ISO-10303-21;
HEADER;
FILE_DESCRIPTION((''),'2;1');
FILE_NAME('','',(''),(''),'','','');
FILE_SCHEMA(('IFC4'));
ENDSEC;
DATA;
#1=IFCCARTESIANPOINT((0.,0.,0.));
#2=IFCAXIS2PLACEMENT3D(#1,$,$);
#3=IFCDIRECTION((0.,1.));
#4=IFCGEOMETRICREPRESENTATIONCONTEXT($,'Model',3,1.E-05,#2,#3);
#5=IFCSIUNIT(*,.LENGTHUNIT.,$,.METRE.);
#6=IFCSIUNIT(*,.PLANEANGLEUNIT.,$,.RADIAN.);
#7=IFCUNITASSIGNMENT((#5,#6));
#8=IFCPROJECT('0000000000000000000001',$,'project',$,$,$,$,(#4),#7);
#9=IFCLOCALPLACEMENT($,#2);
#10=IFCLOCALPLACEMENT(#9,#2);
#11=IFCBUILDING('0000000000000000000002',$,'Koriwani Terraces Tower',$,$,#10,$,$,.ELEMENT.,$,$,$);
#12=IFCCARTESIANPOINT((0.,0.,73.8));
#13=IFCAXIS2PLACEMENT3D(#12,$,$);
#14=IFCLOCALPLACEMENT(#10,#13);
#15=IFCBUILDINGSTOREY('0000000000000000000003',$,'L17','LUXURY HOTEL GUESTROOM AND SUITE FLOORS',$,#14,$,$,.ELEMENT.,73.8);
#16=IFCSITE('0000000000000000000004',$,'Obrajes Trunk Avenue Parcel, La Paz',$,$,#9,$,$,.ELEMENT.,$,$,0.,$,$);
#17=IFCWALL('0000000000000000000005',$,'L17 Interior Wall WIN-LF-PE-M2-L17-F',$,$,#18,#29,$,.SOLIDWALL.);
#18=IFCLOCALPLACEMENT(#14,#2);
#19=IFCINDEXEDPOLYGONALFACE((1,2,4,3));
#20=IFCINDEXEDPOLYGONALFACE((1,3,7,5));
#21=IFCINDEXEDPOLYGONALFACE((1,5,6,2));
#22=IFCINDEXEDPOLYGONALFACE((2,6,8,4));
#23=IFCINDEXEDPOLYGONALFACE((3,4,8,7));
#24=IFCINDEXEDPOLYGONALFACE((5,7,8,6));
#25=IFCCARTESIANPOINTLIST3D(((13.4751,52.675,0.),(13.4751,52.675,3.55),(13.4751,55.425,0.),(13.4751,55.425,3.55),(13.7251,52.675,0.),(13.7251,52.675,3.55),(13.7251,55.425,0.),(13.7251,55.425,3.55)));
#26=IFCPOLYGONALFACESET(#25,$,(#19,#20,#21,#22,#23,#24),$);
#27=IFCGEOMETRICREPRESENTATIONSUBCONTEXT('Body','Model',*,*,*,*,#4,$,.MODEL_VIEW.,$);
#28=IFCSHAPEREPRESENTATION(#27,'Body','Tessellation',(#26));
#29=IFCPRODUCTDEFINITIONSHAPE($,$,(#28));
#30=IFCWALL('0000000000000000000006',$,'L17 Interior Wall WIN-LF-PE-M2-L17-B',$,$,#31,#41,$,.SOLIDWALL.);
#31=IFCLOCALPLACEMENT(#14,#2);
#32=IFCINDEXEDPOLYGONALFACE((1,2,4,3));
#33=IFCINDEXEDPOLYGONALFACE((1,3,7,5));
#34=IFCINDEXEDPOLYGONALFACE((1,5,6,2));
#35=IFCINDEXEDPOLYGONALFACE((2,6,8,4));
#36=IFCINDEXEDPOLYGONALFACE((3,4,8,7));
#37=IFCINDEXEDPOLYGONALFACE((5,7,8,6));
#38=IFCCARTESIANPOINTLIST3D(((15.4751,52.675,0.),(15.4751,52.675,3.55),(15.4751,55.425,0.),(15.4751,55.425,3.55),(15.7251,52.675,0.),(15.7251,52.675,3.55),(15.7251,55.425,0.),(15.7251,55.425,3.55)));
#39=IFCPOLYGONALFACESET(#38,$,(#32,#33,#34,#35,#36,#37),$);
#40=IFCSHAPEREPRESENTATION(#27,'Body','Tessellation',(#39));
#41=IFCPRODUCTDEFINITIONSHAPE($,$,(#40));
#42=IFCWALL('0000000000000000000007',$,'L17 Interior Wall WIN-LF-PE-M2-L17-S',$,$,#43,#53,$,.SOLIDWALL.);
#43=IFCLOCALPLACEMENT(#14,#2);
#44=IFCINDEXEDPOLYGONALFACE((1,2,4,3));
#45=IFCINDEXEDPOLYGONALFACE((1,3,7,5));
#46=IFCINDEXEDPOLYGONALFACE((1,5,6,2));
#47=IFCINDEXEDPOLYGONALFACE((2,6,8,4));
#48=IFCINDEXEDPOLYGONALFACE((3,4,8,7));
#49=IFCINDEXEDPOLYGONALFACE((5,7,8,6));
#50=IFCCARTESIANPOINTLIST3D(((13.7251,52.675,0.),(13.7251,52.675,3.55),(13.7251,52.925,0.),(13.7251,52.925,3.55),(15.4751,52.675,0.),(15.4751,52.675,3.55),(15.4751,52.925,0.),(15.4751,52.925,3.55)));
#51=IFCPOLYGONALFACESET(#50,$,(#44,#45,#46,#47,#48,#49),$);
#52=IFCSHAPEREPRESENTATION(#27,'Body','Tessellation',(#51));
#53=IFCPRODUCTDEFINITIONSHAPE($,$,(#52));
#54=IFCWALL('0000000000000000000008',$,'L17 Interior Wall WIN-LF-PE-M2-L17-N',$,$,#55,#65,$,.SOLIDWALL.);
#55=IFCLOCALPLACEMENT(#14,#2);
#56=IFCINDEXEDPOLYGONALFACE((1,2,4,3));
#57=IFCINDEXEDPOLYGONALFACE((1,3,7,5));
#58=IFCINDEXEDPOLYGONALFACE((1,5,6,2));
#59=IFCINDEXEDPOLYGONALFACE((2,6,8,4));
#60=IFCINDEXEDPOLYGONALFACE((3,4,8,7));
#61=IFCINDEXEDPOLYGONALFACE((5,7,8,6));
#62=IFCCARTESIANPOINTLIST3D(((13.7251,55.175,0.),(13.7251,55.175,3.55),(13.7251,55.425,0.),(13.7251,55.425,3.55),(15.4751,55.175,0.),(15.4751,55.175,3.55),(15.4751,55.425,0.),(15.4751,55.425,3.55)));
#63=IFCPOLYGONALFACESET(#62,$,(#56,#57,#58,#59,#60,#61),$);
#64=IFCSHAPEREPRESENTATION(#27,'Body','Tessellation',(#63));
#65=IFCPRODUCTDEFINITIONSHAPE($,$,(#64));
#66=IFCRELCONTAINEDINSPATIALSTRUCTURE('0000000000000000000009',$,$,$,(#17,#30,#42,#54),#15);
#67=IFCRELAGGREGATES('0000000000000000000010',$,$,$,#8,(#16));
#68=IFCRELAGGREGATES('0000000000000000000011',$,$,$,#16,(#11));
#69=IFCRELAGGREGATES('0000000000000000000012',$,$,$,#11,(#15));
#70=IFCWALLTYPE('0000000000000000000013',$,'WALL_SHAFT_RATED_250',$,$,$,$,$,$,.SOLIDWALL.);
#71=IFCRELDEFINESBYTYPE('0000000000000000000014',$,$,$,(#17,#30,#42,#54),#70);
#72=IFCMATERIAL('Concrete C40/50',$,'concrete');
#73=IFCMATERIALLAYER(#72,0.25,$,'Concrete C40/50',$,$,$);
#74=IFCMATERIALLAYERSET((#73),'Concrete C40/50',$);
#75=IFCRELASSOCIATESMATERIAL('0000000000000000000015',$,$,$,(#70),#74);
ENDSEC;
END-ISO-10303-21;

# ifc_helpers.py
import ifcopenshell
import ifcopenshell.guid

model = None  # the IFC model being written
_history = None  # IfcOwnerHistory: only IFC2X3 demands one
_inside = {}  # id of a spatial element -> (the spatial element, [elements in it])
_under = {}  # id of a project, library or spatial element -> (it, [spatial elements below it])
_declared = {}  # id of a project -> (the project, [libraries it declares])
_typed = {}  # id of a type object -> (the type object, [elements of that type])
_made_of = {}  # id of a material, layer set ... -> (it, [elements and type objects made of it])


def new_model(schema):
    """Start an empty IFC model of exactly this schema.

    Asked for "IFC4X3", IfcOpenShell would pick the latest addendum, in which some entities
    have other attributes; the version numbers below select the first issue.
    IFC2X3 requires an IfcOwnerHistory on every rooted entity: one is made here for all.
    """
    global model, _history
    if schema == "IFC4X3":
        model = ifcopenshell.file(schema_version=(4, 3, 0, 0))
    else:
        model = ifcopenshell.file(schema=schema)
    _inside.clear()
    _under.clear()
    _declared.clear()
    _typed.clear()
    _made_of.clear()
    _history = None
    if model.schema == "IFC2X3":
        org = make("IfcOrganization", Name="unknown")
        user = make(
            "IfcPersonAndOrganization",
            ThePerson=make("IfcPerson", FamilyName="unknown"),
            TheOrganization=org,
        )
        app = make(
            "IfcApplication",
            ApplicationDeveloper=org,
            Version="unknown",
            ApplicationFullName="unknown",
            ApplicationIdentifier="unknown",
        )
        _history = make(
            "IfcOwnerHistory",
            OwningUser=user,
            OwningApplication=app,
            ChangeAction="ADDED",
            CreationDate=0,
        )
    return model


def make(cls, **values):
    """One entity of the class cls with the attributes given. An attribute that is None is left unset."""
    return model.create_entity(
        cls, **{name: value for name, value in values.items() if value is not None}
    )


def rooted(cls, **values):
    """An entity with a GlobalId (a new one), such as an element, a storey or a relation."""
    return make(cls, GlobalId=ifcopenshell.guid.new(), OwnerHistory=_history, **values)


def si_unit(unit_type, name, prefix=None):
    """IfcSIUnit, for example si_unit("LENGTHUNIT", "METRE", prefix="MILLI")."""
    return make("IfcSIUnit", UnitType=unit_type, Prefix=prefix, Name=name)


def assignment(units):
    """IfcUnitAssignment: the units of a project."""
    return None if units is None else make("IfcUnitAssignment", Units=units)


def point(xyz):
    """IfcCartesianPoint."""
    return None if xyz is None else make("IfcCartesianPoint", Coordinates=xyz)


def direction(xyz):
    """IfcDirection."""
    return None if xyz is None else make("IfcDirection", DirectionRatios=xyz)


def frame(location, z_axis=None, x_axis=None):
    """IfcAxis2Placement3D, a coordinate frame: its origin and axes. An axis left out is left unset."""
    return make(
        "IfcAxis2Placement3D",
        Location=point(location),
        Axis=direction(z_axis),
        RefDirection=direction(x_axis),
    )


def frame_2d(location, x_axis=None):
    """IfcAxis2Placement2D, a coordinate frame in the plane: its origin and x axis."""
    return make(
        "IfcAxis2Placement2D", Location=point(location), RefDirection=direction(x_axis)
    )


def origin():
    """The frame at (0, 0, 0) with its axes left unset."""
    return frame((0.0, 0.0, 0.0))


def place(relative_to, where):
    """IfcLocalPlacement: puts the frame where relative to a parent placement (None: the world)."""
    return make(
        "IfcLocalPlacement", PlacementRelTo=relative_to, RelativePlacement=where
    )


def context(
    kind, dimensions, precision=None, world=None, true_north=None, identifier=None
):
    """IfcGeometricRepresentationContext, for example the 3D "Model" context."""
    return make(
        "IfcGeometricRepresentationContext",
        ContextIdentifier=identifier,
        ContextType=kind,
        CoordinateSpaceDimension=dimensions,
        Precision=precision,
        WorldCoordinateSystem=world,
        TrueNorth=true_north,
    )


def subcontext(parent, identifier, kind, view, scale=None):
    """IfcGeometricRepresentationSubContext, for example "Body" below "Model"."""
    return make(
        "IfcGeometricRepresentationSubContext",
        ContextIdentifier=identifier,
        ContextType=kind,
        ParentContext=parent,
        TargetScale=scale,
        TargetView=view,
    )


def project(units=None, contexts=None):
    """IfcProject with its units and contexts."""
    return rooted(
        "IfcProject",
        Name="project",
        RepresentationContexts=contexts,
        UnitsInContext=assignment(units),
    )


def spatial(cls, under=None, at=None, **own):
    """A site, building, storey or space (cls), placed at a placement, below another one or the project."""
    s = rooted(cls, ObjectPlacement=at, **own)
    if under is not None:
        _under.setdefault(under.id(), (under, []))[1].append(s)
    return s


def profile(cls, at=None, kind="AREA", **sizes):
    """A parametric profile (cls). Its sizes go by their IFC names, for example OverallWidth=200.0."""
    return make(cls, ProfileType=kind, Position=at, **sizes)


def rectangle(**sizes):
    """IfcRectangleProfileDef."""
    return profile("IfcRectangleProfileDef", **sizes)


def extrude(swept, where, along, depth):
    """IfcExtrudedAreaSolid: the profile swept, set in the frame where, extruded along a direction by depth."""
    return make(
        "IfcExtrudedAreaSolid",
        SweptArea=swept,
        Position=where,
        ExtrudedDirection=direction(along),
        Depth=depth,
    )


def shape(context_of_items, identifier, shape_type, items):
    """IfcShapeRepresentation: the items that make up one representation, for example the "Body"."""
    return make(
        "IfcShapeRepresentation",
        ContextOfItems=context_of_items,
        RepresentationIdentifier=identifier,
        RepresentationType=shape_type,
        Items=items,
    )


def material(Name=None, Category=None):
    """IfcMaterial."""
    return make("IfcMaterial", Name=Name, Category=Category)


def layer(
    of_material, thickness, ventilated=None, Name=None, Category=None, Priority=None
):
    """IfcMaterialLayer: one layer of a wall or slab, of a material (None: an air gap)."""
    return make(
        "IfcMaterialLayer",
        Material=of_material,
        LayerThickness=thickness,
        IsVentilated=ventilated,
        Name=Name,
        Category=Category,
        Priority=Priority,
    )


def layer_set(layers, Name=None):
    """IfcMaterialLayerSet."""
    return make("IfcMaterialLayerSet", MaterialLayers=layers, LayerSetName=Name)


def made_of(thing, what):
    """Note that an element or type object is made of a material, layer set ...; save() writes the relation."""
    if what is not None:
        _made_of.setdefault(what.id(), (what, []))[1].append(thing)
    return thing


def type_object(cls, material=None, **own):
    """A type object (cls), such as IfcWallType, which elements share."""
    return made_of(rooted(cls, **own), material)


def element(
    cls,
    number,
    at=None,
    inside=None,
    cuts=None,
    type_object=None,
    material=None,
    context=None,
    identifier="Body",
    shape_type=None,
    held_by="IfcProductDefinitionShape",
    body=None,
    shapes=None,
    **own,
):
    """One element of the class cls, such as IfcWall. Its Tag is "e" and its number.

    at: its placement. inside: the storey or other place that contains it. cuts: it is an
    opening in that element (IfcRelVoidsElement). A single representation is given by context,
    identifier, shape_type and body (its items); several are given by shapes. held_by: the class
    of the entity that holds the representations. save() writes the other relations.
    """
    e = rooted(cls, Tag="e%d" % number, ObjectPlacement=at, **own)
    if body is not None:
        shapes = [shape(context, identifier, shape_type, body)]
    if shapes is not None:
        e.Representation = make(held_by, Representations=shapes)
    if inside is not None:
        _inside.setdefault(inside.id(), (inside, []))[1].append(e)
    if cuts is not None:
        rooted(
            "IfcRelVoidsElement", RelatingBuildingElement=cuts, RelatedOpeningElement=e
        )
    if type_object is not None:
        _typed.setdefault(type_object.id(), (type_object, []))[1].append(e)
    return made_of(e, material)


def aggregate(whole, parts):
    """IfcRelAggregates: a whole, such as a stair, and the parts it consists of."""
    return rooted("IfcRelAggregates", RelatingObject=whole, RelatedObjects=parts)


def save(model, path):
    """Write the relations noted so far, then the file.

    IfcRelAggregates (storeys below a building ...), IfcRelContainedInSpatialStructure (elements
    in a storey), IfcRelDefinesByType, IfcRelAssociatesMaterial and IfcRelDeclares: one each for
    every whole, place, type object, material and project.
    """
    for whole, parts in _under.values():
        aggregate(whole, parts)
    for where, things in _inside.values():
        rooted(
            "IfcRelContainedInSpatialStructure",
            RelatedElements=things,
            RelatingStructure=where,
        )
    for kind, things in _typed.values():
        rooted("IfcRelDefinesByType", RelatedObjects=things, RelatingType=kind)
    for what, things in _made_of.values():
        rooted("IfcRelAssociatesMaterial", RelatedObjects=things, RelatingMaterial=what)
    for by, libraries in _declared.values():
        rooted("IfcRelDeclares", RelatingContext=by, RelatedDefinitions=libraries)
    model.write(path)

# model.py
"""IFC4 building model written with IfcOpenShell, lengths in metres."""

from ifc_helpers import new_model, si_unit, direction, frame, frame_2d, origin, place, context, subcontext, project, spatial, rectangle, extrude, material, layer, layer_set, type_object, element, save


model = new_model("IFC4")

# Units and contexts
model_context = context("Model", 3, precision=1e-05, world=origin(), true_north=direction((0.0, 1.0)))
body_context = subcontext(model_context, "Body", "Model", "MODEL_VIEW")
ifc_project = project(units=[si_unit("LENGTHUNIT", "METRE"), si_unit("PLANEANGLEUNIT", "RADIAN")], contexts=[model_context])

# Site, building, storey
site_placement = place(None, origin())
site = spatial("IfcSite", under=ifc_project, at=site_placement, Name="Obrajes Trunk Avenue Parcel, La Paz", CompositionType="ELEMENT", RefElevation=0.0)
building_placement = place(site_placement, origin())
building = spatial("IfcBuilding", under=site, at=building_placement, Name="Koriwani Terraces Tower", CompositionType="ELEMENT")
storey_placement = place(building_placement, frame((0.0, 0.0, 73.8)))
storey = spatial("IfcBuildingStorey", under=building, at=storey_placement, Name="L17", Description="LUXURY HOTEL GUESTROOM AND SUITE FLOORS", CompositionType="ELEMENT", Elevation=73.8)

# Shared definitions
ifc_material_1 = material(Name="Concrete C40/50", Category="concrete")

# Shared definitions
ifc_layer_1 = layer(ifc_material_1, 0.25, Name="Concrete C40/50")
ifc_layer_set_1 = layer_set([ifc_layer_1], Name="Concrete C40/50")
wall_type_1 = type_object("IfcWallType", Name="WALL_SHAFT_RATED_250", PredefinedType="SOLIDWALL", material=ifc_layer_set_1)

# Walls
for number, where, z_axis, x_axis, name in (
    (1, (13.6001, 52.675, 0.0), (0.0, 0.0, 1.0), (0.0, 1.0, 0.0), "L17 Interior Wall WIN-LF-PE-M2-L17-F"),
    (2, (15.6001, 52.675, 0.0), (0.0, 0.0, 1.0), (0.0, 1.0, 0.0), "L17 Interior Wall WIN-LF-PE-M2-L17-B"),
):
    element("IfcWall", number, at=place(storey_placement, frame(where, z_axis=z_axis, x_axis=x_axis)), inside=storey, type_object=wall_type_1, Name=name, PredefinedType="SOLIDWALL", context=body_context, shape_type="SweptSolid", body=[
        extrude(rectangle(XDim=2.75, YDim=0.25, at=frame_2d((1.375, 0.0))), origin(), (0.0, 0.0, 1.0), 3.55),
    ])
for number, where, z_axis, x_axis, name in (
    (3, (13.7251, 52.8, 0.0), (0.0, 0.0, 1.0), (1.0, 0.0, 0.0), "L17 Interior Wall WIN-LF-PE-M2-L17-S"),
    (4, (13.7251, 55.3, 0.0), (0.0, 0.0, 1.0), (1.0, 0.0, 0.0), "L17 Interior Wall WIN-LF-PE-M2-L17-N"),
):
    element("IfcWall", number, at=place(storey_placement, frame(where, z_axis=z_axis, x_axis=x_axis)), inside=storey, type_object=wall_type_1, Name=name, PredefinedType="SOLIDWALL", context=body_context, shape_type="SweptSolid", body=[
        extrude(rectangle(XDim=1.75, YDim=0.25, at=frame_2d((0.875, 0.0))), origin(), (0.0, 0.0, 1.0), 3.55),
    ])

save(model, "model.ifc")
